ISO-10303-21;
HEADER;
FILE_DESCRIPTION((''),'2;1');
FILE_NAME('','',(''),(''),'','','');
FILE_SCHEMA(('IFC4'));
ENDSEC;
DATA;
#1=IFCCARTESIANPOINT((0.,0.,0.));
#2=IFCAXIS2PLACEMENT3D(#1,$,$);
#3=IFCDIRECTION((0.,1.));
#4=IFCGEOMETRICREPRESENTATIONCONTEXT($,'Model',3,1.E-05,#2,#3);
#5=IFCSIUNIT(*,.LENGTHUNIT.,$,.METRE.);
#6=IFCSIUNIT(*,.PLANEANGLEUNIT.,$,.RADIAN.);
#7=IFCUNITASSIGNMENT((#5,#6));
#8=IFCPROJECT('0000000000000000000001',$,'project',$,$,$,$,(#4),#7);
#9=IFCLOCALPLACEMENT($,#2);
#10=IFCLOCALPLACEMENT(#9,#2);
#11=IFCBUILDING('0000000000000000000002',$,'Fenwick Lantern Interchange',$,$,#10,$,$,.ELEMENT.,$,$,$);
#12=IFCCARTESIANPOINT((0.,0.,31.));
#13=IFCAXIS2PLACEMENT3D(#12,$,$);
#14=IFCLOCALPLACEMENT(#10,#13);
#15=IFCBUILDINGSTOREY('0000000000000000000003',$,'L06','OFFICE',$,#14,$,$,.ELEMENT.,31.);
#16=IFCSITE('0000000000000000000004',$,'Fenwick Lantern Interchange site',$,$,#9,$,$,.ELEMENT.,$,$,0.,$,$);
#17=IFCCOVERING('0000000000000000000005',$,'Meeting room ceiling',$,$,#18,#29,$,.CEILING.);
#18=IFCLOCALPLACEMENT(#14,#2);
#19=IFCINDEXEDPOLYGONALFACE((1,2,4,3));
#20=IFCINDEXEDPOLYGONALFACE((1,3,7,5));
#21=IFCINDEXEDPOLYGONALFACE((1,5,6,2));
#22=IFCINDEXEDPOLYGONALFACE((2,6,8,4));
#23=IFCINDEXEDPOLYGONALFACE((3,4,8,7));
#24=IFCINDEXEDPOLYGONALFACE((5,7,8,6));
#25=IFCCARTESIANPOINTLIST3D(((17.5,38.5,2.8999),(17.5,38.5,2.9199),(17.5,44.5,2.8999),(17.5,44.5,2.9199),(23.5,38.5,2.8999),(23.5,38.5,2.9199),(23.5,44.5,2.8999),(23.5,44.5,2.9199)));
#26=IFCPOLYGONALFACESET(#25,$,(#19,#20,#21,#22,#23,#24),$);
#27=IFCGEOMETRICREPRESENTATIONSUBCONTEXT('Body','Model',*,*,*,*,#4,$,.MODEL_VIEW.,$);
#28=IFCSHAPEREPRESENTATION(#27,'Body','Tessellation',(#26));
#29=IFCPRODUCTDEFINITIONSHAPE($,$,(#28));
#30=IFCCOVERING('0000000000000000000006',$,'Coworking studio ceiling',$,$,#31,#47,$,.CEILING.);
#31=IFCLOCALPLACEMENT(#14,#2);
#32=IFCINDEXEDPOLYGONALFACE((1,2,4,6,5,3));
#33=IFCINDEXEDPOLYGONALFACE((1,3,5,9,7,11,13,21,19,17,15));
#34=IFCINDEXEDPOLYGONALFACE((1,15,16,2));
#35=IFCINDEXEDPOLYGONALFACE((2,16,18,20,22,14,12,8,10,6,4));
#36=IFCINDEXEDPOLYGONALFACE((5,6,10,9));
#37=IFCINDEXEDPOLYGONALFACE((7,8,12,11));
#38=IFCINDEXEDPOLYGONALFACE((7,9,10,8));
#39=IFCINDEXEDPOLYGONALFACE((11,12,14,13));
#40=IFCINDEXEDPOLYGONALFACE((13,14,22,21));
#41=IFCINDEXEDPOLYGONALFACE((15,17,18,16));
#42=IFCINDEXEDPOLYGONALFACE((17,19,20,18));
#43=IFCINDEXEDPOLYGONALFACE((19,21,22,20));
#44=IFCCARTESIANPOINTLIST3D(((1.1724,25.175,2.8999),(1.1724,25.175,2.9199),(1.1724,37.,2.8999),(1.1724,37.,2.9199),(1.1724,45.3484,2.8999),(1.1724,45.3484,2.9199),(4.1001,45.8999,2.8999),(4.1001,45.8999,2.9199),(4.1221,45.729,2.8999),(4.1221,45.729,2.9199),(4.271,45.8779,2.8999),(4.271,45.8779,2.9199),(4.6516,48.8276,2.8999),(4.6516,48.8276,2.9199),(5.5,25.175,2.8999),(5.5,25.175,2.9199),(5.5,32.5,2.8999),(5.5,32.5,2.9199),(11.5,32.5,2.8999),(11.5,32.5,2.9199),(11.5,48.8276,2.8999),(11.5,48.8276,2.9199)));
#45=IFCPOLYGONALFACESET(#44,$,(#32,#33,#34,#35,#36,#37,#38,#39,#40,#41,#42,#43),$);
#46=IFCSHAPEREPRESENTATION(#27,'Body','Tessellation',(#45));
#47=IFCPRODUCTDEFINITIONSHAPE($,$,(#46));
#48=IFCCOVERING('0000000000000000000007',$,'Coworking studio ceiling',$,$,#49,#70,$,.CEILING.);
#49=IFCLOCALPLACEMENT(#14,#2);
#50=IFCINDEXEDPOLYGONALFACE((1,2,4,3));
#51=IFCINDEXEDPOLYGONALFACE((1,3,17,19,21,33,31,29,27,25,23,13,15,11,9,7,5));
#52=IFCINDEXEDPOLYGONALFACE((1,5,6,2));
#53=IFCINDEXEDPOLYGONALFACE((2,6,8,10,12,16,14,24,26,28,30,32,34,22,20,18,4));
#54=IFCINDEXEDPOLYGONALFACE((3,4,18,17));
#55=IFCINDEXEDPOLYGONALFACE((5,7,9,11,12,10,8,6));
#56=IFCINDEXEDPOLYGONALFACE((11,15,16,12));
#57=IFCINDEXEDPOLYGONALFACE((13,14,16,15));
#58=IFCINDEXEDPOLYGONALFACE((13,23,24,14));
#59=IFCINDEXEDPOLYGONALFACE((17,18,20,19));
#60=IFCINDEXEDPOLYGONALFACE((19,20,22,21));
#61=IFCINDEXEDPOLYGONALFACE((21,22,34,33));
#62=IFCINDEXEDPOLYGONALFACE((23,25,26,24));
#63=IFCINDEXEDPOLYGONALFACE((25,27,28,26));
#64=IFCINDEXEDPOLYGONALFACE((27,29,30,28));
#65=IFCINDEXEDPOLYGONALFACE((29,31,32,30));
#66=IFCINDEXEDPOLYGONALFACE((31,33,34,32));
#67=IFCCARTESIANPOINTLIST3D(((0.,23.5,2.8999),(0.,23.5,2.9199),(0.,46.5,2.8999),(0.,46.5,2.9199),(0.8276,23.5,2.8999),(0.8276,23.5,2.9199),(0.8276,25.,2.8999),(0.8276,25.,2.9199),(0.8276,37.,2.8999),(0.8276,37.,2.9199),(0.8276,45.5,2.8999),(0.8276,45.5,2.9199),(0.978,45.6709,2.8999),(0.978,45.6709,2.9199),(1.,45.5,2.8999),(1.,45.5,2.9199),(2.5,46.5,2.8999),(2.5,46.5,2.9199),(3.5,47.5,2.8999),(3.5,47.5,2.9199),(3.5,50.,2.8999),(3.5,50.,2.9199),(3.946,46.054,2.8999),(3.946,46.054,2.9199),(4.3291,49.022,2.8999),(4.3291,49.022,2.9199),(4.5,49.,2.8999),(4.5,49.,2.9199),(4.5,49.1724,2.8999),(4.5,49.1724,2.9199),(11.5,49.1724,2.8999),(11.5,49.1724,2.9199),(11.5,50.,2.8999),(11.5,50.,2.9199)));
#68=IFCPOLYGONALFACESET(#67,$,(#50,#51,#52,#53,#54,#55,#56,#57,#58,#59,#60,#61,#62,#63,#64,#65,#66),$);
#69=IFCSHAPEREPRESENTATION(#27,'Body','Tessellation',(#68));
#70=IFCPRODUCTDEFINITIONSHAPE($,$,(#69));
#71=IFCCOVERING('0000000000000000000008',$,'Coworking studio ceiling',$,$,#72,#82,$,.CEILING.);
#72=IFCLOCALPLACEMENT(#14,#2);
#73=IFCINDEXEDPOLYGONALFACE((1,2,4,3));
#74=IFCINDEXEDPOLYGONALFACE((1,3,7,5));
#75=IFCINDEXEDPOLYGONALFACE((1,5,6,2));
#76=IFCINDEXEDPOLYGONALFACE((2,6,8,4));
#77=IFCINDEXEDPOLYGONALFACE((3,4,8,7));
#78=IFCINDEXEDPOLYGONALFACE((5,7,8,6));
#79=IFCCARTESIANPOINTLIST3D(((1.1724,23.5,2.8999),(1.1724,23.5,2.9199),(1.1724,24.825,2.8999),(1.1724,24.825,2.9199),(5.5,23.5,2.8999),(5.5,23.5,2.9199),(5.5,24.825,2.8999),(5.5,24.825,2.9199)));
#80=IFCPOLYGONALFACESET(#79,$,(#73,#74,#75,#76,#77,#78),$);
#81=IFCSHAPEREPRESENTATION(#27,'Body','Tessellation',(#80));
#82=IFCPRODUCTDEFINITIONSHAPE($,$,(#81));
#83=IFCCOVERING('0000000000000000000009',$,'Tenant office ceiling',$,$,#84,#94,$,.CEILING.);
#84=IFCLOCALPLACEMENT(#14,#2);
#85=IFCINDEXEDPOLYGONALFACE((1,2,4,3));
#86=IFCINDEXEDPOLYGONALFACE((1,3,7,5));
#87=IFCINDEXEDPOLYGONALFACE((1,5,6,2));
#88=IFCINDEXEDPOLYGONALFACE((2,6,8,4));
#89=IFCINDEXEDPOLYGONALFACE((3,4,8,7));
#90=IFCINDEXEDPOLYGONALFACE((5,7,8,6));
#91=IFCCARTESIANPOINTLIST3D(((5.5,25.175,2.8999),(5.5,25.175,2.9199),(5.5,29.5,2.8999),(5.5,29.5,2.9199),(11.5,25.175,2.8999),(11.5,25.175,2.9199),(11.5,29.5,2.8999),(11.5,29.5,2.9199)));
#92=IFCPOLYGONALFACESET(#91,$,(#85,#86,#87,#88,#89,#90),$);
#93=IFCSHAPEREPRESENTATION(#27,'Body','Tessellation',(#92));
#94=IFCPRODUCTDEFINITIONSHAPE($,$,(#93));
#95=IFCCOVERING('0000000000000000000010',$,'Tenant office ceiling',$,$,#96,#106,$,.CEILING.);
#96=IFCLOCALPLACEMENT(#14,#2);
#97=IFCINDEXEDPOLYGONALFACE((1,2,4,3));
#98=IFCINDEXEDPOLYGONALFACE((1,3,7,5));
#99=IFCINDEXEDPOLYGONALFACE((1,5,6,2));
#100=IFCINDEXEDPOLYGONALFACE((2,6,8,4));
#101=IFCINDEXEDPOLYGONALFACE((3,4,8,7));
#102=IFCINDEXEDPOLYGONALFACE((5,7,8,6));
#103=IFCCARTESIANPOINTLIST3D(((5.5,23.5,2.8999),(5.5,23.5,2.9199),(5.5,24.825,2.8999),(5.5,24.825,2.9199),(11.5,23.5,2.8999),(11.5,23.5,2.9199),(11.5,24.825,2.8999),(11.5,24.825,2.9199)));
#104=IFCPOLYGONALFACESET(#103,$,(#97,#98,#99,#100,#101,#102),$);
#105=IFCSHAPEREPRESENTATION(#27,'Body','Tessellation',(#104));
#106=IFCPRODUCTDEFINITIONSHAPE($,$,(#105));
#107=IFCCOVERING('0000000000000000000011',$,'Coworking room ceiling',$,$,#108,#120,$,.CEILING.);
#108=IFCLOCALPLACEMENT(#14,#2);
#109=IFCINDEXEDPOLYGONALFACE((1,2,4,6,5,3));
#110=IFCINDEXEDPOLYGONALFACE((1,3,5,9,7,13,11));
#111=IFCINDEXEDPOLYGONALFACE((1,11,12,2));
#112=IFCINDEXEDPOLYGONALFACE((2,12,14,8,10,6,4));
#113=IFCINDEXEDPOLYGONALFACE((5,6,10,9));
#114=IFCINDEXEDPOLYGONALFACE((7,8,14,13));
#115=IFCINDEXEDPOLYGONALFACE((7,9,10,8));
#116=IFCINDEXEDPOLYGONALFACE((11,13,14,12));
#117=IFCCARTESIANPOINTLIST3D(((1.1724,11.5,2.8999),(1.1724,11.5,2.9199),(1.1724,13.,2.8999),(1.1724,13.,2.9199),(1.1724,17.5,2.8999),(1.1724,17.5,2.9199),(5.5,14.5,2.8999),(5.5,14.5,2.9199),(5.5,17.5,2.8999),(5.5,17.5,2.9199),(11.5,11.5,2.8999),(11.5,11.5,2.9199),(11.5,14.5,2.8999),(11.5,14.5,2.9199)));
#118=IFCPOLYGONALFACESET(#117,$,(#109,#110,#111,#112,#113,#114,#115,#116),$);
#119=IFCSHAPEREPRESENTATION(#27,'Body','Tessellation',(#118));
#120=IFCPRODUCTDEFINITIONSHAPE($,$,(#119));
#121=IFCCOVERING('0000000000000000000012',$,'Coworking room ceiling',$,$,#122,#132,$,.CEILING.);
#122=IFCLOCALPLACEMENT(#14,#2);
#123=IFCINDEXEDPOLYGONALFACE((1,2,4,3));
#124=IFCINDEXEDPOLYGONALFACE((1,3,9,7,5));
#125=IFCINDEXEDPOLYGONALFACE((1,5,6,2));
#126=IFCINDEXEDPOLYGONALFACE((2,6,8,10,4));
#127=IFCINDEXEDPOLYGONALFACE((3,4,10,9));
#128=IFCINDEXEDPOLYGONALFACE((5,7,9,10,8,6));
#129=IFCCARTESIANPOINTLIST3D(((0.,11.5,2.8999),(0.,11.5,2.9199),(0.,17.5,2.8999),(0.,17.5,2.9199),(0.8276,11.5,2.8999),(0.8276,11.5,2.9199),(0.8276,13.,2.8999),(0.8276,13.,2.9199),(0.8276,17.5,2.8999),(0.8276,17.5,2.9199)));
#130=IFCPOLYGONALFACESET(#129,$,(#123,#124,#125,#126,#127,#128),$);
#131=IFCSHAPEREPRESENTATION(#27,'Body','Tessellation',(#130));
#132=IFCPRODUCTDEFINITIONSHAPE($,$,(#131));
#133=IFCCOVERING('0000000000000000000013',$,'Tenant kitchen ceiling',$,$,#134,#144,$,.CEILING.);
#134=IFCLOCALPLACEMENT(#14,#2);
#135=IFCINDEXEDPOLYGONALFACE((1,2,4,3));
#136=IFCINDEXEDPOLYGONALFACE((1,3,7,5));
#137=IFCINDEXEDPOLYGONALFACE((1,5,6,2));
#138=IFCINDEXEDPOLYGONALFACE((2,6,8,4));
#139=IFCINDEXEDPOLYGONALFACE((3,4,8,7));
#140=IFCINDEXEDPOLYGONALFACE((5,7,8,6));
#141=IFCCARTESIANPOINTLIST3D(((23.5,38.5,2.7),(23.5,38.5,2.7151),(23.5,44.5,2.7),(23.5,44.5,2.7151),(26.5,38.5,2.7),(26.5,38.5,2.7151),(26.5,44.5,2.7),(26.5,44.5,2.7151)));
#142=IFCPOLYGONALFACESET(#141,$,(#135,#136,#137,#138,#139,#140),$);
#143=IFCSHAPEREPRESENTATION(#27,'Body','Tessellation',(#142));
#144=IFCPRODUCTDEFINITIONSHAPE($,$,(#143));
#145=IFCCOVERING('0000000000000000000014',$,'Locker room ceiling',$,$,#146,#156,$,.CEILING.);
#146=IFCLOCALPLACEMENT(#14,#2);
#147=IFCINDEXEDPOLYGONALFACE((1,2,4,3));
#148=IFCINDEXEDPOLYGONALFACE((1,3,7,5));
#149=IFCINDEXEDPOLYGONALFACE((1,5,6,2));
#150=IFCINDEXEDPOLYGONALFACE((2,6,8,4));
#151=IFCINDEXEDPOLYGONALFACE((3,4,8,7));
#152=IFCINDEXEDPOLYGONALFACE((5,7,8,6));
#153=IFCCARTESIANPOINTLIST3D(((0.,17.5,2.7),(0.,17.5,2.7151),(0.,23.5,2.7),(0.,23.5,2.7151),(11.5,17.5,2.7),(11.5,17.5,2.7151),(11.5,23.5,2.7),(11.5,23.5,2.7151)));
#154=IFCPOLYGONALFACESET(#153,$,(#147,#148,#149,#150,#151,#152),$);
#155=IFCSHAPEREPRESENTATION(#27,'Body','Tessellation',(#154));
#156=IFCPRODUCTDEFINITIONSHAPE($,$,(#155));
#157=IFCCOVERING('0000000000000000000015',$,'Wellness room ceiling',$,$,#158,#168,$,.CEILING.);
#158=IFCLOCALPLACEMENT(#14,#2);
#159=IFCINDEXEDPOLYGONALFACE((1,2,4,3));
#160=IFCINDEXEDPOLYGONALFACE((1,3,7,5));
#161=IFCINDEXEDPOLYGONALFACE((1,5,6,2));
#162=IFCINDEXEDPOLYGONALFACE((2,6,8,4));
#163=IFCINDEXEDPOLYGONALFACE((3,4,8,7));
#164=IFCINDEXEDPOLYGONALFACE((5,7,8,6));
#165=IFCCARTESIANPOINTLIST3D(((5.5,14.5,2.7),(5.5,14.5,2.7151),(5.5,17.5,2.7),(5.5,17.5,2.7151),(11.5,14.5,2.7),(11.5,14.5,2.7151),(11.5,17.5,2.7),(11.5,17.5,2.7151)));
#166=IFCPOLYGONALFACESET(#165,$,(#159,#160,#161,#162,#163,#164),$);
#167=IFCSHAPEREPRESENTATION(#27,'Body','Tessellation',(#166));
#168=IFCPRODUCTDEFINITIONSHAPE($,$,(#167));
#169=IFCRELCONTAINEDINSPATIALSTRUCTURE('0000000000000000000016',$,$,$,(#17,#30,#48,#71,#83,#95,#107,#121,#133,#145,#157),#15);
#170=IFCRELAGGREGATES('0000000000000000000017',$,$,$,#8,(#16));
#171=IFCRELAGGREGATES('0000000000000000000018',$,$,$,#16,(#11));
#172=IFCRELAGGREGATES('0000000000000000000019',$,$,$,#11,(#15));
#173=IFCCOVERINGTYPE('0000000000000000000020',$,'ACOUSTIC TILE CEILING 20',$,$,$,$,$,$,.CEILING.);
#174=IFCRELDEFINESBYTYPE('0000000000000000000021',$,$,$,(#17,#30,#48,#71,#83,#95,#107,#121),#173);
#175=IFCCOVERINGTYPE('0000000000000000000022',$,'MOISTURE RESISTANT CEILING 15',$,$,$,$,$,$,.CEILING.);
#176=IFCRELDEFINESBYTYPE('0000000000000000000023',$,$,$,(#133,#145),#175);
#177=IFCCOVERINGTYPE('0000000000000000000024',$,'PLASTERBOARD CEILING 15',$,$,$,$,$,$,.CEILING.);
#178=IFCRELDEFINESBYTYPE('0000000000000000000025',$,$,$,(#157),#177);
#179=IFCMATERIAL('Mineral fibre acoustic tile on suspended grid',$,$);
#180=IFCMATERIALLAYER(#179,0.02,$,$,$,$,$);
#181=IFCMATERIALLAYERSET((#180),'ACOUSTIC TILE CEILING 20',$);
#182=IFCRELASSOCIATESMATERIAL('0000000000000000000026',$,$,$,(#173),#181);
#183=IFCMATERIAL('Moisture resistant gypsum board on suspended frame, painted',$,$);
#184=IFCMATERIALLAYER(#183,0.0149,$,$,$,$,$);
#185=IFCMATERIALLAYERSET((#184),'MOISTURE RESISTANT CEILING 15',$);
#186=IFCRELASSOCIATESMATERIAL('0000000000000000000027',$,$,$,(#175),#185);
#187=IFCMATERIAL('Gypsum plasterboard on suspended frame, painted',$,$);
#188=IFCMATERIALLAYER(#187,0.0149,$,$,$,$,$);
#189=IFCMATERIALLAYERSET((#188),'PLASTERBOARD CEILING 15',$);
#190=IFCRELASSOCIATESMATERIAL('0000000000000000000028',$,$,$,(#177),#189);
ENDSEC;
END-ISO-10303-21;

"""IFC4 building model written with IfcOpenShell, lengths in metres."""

from ifc_helpers import new_model, si_unit, direction, frame, origin, place, context, subcontext, project, spatial, polyline, outline, extrude, material, layer, layer_set, type_object, element, save


model = new_model("IFC4")

# Units and contexts
model_context = context("Model", 3, precision=1e-05, world=origin(), true_north=direction((0.0, 1.0)))
body_context = subcontext(model_context, "Body", "Model", "MODEL_VIEW")
ifc_project = project(units=[si_unit("LENGTHUNIT", "METRE"), si_unit("PLANEANGLEUNIT", "RADIAN")], contexts=[model_context])

# Site, building, storey
site_placement = place(None, origin())
site = spatial("IfcSite", under=ifc_project, at=site_placement, Name="Fenwick Lantern Interchange site", CompositionType="ELEMENT", RefElevation=0.0)
building_placement = place(site_placement, origin())
building = spatial("IfcBuilding", under=site, at=building_placement, Name="Fenwick Lantern Interchange", CompositionType="ELEMENT")
storey_placement = place(building_placement, frame((0.0, 0.0, 31.0)))
storey = spatial("IfcBuildingStorey", under=building, at=storey_placement, Name="L06", Description="OFFICE", CompositionType="ELEMENT", Elevation=31.0)

# Coverings
ifc_material_1 = material(Name="Mineral fibre acoustic tile on suspended grid")
ifc_layer_1 = layer(ifc_material_1, 0.02)
ifc_layer_set_1 = layer_set([ifc_layer_1], Name="ACOUSTIC TILE CEILING 20")
covering_type_1 = type_object("IfcCoveringType", Name="ACOUSTIC TILE CEILING 20", PredefinedType="CEILING", material=ifc_layer_set_1)
covering_1_placement = place(storey_placement, frame((0.0, 0.0, 2.8999)))
element("IfcCovering", 1, at=covering_1_placement, inside=storey, type_object=covering_type_1, Name="Meeting room ceiling", PredefinedType="CEILING", context=body_context, shape_type="SweptSolid", body=[
    extrude(outline(polyline([(23.5, 44.5), (17.5, 44.5), (17.5, 38.5), (23.5, 38.5), (23.5, 44.5)])), origin(), (0.0, 0.0, 1.0), 0.02),
])
covering_2_placement = place(storey_placement, frame((0.0, 0.0, 2.8999)))
element("IfcCovering", 2, at=covering_2_placement, inside=storey, type_object=covering_type_1, Name="Coworking studio ceiling", PredefinedType="CEILING", context=body_context, shape_type="SweptSolid", body=[
    extrude(outline(polyline([(5.5, 25.175), (5.5, 32.5), (11.5, 32.5), (11.5, 48.8276), (4.6516, 48.8276), (4.271, 45.8779), (4.1001, 45.8999), (4.1221, 45.729), (1.1724, 45.3484), (1.1724, 37.0), (1.1724, 25.175), (5.5, 25.175)])), origin(), (0.0, 0.0, 1.0), 0.02),
])
covering_3_placement = place(storey_placement, frame((0.0, 0.0, 2.8999)))
element("IfcCovering", 3, at=covering_3_placement, inside=storey, type_object=covering_type_1, Name="Coworking studio ceiling", PredefinedType="CEILING", context=body_context, shape_type="SweptSolid", body=[
    extrude(outline(polyline([(0.0, 23.5), (0.8276, 23.5), (0.8276, 25.0), (0.8276, 37.0), (0.8276, 45.5), (1.0, 45.5), (0.978, 45.6709), (3.946, 46.054), (4.3291, 49.022), (4.5, 49.0), (4.5, 49.1724), (11.5, 49.1724), (11.5, 50.0), (3.5, 50.0), (3.5, 47.5), (2.5, 46.5), (0.0, 46.5), (0.0, 23.5)])), origin(), (0.0, 0.0, 1.0), 0.02),
])
covering_4_placement = place(storey_placement, frame((0.0, 0.0, 2.8999)))
element("IfcCovering", 4, at=covering_4_placement, inside=storey, type_object=covering_type_1, Name="Coworking studio ceiling", PredefinedType="CEILING", context=body_context, shape_type="SweptSolid", body=[
    extrude(outline(polyline([(5.5, 23.5), (5.5, 24.825), (1.1724, 24.825), (1.1724, 23.5), (5.5, 23.5)])), origin(), (0.0, 0.0, 1.0), 0.02),
])
covering_5_placement = place(storey_placement, frame((0.0, 0.0, 2.8999)))
element("IfcCovering", 5, at=covering_5_placement, inside=storey, type_object=covering_type_1, Name="Tenant office ceiling", PredefinedType="CEILING", context=body_context, shape_type="SweptSolid", body=[
    extrude(outline(polyline([(11.5, 29.5), (5.5, 29.5), (5.5, 25.175), (11.5, 25.175), (11.5, 29.5)])), origin(), (0.0, 0.0, 1.0), 0.02),
])
covering_6_placement = place(storey_placement, frame((0.0, 0.0, 2.8999)))
element("IfcCovering", 6, at=covering_6_placement, inside=storey, type_object=covering_type_1, Name="Tenant office ceiling", PredefinedType="CEILING", context=body_context, shape_type="SweptSolid", body=[
    extrude(outline(polyline([(11.5, 23.5), (11.5, 24.825), (5.5, 24.825), (5.5, 23.5), (11.5, 23.5)])), origin(), (0.0, 0.0, 1.0), 0.02),
])
covering_7_placement = place(storey_placement, frame((0.0, 0.0, 2.8999)))
element("IfcCovering", 7, at=covering_7_placement, inside=storey, type_object=covering_type_1, Name="Coworking room ceiling", PredefinedType="CEILING", context=body_context, shape_type="SweptSolid", body=[
    extrude(outline(polyline([(5.5, 17.5), (1.1724, 17.5), (1.1724, 13.0), (1.1724, 11.5), (11.5, 11.5), (11.5, 14.5), (5.5, 14.5), (5.5, 17.5)])), origin(), (0.0, 0.0, 1.0), 0.02),
])
covering_8_placement = place(storey_placement, frame((0.0, 0.0, 2.8999)))
element("IfcCovering", 8, at=covering_8_placement, inside=storey, type_object=covering_type_1, Name="Coworking room ceiling", PredefinedType="CEILING", context=body_context, shape_type="SweptSolid", body=[
    extrude(outline(polyline([(0.0, 17.5), (0.0, 11.5), (0.8276, 11.5), (0.8276, 13.0), (0.8276, 17.5), (0.0, 17.5)])), origin(), (0.0, 0.0, 1.0), 0.02),
])
ifc_material_2 = material(Name="Moisture resistant gypsum board on suspended frame, painted")
ifc_layer_2 = layer(ifc_material_2, 0.0149)
ifc_layer_set_2 = layer_set([ifc_layer_2], Name="MOISTURE RESISTANT CEILING 15")
covering_type_2 = type_object("IfcCoveringType", Name="MOISTURE RESISTANT CEILING 15", PredefinedType="CEILING", material=ifc_layer_set_2)
covering_9_placement = place(storey_placement, frame((0.0, 0.0, 2.7)))
element("IfcCovering", 9, at=covering_9_placement, inside=storey, type_object=covering_type_2, Name="Tenant kitchen ceiling", PredefinedType="CEILING", context=body_context, shape_type="SweptSolid", body=[
    extrude(outline(polyline([(26.5, 44.5), (23.5, 44.5), (23.5, 38.5), (26.5, 38.5), (26.5, 44.5)])), origin(), (0.0, 0.0, 1.0), 0.0151),
])
covering_10_placement = place(storey_placement, frame((0.0, 0.0, 2.7)))
element("IfcCovering", 10, at=covering_10_placement, inside=storey, type_object=covering_type_2, Name="Locker room ceiling", PredefinedType="CEILING", context=body_context, shape_type="SweptSolid", body=[
    extrude(outline(polyline([(0.0, 17.5), (11.5, 17.5), (11.5, 23.5), (0.0, 23.5), (0.0, 17.5)])), origin(), (0.0, 0.0, 1.0), 0.0151),
])
ifc_material_3 = material(Name="Gypsum plasterboard on suspended frame, painted")
ifc_layer_3 = layer(ifc_material_3, 0.0149)
ifc_layer_set_3 = layer_set([ifc_layer_3], Name="PLASTERBOARD CEILING 15")
covering_type_3 = type_object("IfcCoveringType", Name="PLASTERBOARD CEILING 15", PredefinedType="CEILING", material=ifc_layer_set_3)
covering_11_placement = place(storey_placement, frame((0.0, 0.0, 2.7)))
element("IfcCovering", 11, at=covering_11_placement, inside=storey, type_object=covering_type_3, Name="Wellness room ceiling", PredefinedType="CEILING", context=body_context, shape_type="SweptSolid", body=[
    extrude(outline(polyline([(5.5, 17.5), (5.5, 14.5), (11.5, 14.5), (11.5, 17.5), (5.5, 17.5)])), origin(), (0.0, 0.0, 1.0), 0.0151),
])

save(model, "model.ifc")
